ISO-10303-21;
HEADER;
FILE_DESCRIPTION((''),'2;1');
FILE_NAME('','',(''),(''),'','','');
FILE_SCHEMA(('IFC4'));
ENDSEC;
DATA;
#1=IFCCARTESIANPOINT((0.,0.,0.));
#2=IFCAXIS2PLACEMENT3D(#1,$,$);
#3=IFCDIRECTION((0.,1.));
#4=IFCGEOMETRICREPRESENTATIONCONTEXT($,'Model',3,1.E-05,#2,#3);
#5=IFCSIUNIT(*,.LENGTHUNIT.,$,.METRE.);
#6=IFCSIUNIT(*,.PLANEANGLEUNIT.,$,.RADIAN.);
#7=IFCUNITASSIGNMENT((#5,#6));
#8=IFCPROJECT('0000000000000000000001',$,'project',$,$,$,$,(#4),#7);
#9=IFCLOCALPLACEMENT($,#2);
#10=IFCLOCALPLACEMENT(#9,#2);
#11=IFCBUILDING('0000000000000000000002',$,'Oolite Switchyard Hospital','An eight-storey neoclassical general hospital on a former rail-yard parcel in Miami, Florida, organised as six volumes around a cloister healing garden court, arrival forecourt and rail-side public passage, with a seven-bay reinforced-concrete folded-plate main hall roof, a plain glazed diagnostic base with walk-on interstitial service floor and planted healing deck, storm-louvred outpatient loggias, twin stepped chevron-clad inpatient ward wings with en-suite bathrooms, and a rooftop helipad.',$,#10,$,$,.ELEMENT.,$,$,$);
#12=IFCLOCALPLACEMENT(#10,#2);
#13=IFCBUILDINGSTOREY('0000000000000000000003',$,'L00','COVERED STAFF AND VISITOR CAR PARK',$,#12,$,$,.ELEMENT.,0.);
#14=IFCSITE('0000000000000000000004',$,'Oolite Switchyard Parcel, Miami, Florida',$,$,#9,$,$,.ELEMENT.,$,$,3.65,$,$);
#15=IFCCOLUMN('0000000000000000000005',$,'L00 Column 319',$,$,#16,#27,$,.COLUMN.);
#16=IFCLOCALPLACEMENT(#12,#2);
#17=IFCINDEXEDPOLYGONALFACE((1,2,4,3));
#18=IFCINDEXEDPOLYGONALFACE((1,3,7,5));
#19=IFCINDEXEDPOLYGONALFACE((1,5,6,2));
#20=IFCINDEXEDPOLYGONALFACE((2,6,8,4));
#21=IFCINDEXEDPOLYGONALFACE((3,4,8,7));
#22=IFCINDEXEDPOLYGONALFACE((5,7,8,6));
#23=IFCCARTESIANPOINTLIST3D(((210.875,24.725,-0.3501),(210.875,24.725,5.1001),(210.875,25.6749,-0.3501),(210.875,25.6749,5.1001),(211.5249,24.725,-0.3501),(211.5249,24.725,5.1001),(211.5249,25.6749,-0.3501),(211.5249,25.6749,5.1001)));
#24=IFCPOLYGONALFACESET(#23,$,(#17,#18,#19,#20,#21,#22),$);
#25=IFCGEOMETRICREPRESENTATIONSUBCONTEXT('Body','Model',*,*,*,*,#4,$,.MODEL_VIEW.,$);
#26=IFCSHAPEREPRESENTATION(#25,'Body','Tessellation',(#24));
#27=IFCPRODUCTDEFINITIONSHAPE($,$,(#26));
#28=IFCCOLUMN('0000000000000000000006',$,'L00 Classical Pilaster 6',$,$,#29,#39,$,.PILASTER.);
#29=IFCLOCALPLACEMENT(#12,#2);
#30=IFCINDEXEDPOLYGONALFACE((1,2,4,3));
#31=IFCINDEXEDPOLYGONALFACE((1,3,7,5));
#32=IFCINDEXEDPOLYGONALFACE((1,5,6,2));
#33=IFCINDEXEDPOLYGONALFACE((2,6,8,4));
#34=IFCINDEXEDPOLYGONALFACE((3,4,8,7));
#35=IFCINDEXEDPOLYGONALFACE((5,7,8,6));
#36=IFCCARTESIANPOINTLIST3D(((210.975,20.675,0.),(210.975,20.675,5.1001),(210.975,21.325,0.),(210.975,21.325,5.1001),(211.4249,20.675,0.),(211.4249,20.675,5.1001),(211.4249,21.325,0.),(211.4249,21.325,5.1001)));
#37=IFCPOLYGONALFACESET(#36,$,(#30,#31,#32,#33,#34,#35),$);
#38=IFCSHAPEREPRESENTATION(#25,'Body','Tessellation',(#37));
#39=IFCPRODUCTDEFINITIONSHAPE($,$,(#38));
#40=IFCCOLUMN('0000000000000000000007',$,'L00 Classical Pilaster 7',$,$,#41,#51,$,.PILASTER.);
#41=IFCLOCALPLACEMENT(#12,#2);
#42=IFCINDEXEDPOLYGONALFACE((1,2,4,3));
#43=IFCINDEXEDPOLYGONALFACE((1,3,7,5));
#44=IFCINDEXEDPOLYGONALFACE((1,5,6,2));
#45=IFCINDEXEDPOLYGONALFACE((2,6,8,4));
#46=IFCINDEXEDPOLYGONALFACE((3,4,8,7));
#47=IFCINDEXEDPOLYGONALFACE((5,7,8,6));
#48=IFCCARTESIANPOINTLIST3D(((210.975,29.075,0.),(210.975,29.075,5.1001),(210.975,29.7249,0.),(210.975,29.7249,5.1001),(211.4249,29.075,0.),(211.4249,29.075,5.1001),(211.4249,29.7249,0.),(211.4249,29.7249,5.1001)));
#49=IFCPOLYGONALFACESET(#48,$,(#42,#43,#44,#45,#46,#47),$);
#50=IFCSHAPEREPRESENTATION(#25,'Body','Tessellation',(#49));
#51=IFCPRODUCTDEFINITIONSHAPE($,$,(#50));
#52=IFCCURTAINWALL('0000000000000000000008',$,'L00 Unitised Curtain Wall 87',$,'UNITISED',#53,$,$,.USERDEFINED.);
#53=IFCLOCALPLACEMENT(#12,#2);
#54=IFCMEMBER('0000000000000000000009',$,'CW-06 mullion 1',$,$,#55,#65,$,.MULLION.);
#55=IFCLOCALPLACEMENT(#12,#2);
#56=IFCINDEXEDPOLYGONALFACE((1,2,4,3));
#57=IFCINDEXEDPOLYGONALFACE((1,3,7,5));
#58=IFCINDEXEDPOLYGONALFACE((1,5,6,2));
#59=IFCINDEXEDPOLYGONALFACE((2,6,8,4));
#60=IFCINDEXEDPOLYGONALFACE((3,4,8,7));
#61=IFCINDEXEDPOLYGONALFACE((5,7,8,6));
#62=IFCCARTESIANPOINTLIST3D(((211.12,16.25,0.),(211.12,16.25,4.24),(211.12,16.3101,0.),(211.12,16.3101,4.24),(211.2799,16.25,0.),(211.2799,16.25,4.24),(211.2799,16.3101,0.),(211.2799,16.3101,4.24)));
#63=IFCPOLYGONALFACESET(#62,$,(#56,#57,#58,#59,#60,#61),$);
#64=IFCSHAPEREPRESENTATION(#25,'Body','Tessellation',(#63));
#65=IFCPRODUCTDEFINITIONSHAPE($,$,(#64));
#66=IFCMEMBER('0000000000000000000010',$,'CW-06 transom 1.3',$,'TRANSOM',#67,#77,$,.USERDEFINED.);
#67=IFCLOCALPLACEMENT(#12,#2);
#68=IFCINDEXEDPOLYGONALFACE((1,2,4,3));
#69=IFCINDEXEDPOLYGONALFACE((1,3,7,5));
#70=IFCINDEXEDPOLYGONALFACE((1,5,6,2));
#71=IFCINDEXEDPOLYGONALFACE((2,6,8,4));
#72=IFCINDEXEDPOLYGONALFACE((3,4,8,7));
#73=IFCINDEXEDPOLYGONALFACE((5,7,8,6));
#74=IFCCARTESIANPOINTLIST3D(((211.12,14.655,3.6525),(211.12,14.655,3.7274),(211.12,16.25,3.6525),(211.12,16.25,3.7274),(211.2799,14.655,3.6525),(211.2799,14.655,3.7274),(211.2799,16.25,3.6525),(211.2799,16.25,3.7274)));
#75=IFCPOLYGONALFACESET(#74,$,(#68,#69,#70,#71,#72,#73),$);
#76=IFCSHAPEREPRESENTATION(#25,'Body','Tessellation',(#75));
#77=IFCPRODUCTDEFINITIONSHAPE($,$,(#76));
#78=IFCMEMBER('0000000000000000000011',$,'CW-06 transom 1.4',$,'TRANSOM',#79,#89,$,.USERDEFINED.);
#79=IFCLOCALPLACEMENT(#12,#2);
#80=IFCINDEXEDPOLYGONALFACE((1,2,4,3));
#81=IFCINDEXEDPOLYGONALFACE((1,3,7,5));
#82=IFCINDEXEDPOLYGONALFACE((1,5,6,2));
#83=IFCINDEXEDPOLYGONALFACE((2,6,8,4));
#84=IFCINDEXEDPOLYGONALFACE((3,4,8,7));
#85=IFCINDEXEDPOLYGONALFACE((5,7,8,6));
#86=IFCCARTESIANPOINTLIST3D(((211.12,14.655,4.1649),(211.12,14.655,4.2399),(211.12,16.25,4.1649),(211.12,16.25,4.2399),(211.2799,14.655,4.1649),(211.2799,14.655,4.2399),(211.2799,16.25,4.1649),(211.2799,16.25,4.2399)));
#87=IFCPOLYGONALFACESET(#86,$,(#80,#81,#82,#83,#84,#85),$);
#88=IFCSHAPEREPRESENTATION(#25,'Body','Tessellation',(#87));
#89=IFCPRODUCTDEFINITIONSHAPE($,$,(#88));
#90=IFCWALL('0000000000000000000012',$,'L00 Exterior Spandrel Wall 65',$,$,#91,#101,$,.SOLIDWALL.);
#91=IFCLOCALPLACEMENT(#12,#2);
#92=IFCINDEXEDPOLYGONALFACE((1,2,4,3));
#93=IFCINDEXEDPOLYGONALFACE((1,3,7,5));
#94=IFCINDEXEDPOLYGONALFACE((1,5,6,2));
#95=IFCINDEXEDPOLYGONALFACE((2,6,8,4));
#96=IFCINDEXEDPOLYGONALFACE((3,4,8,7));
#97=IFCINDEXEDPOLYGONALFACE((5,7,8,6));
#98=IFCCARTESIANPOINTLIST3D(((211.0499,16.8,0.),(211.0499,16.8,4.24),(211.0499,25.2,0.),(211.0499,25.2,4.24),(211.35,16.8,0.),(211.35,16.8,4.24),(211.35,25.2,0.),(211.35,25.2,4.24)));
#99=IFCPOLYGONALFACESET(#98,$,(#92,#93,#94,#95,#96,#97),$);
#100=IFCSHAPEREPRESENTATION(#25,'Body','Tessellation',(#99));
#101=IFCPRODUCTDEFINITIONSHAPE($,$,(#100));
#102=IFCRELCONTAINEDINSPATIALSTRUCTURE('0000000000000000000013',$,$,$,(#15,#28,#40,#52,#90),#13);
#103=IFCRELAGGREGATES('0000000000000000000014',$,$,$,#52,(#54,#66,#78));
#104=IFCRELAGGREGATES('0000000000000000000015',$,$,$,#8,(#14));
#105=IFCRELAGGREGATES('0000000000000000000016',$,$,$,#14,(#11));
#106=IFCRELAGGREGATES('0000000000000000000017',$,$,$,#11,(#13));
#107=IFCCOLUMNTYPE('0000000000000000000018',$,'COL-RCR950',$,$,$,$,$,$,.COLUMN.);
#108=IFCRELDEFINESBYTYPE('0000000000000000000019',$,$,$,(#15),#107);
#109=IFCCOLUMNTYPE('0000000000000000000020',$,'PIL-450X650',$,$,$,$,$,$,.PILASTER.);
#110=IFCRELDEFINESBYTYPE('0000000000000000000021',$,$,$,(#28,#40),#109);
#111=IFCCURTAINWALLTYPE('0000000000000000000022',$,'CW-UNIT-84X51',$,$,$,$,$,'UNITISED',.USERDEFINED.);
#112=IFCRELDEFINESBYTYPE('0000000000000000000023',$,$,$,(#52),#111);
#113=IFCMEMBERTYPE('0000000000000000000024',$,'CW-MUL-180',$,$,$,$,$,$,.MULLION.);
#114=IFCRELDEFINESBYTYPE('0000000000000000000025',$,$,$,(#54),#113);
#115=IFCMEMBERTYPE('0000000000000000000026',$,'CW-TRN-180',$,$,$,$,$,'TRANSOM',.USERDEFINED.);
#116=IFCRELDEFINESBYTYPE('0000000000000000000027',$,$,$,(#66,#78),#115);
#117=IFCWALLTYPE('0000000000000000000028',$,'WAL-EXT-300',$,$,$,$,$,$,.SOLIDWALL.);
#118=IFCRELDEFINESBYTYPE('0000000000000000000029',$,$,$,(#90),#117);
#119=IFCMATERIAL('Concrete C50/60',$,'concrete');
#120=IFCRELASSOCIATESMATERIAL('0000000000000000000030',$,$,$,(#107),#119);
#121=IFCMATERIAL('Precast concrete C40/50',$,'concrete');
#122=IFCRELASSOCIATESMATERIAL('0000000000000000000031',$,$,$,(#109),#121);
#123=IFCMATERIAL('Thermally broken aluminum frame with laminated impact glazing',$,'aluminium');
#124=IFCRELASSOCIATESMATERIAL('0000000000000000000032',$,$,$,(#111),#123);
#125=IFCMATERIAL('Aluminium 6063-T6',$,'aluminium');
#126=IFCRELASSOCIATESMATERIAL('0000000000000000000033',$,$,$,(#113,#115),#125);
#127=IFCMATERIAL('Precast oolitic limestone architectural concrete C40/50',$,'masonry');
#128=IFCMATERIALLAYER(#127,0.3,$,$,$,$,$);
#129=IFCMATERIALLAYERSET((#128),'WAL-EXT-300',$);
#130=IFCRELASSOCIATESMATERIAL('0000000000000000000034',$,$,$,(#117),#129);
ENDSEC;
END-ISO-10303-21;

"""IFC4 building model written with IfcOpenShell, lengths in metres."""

from ifc_helpers import new_model, si_unit, direction, frame, frame_2d, origin, origin_2d, place, context, subcontext, project, spatial, rectangle, extrude, material, layer, layer_set, material_profile, profile_set, type_object, element, aggregate, save


model = new_model("IFC4")

# Units and contexts
model_context = context("Model", 3, precision=1e-05, world=origin(), true_north=direction((0.0, 1.0)))
body_context = subcontext(model_context, "Body", "Model", "MODEL_VIEW")
ifc_project = project(units=[si_unit("LENGTHUNIT", "METRE"), si_unit("PLANEANGLEUNIT", "RADIAN")], contexts=[model_context])

# Site, building, storey
site_placement = place(None, origin())
site = spatial("IfcSite", under=ifc_project, at=site_placement, Name="Oolite Switchyard Parcel, Miami, Florida", CompositionType="ELEMENT", RefElevation=3.65)
building_placement = place(site_placement, origin())
building = spatial("IfcBuilding", under=site, at=building_placement, Name="Oolite Switchyard Hospital", Description="An eight-storey neoclassical general hospital on a former rail-yard parcel in Miami, Florida, organised as six volumes around a cloister healing garden court, arrival forecourt and rail-side public passage, with a seven-bay reinforced-concrete folded-plate main hall roof, a plain glazed diagnostic base with walk-on interstitial service floor and planted healing deck, storm-louvred outpatient loggias, twin stepped chevron-clad inpatient ward wings with en-suite bathrooms, and a rooftop helipad.", CompositionType="ELEMENT")
storey_placement = place(building_placement, origin())
storey = spatial("IfcBuildingStorey", under=building, at=storey_placement, Name="L00", Description="COVERED STAFF AND VISITOR CAR PARK", CompositionType="ELEMENT", Elevation=0.0)

# Columns
ifc_material_1 = material(Name="Concrete C50/60", Category="concrete")
ifc_material_profile_1 = material_profile(ifc_material_1, rectangle(XDim=0.95, YDim=0.6499, at=origin_2d()), Name="RC950X650")
ifc_profile_set_1 = profile_set([ifc_material_profile_1], Name="Concrete C50/60")
column_type_1 = type_object("IfcColumnType", Name="COL-RCR950", PredefinedType="COLUMN", material=ifc_profile_set_1)
for number, where, z_axis, x_axis, name in (
    (1, (211.2, 25.2, -0.3501), (0.0, 0.0, 1.0), (0.0, 1.0, 0.0), "L00 Column 319"),
):
    element("IfcColumn", number, at=place(storey_placement, frame(where, z_axis=z_axis, x_axis=x_axis)), inside=storey, type_object=column_type_1, Name=name, PredefinedType="COLUMN", context=body_context, shape_type="SweptSolid", body=[
        extrude(rectangle(XDim=0.95, YDim=0.6499, at=origin_2d()), origin(), (0.0, 0.0, 1.0), 5.4502),
    ])
ifc_material_2 = material(Name="Precast concrete C40/50", Category="concrete")
ifc_material_profile_2 = material_profile(ifc_material_2, rectangle(XDim=0.45, YDim=0.6499, at=origin_2d()), Name="PIL450X650")
ifc_profile_set_2 = profile_set([ifc_material_profile_2], Name="Precast concrete C40/50")
column_type_2 = type_object("IfcColumnType", Name="PIL-450X650", PredefinedType="PILASTER", material=ifc_profile_set_2)
for number, where, z_axis, x_axis, name in (
    (2, (211.2, 21.0, 0.0), (0.0, 0.0, 1.0), (1.0, 0.0, 0.0), "L00 Classical Pilaster 6"),
    (3, (211.2, 29.3999, 0.0), (0.0, 0.0, 1.0), (1.0, 0.0, 0.0), "L00 Classical Pilaster 7"),
):
    element("IfcColumn", number, at=place(storey_placement, frame(where, z_axis=z_axis, x_axis=x_axis)), inside=storey, type_object=column_type_2, Name=name, PredefinedType="PILASTER", context=body_context, shape_type="SweptSolid", body=[
        extrude(rectangle(XDim=0.45, YDim=0.6499, at=origin_2d()), origin(), (0.0, 0.0, 1.0), 5.1001),
    ])

# Curtain wall, members
ifc_material_3 = material(Name="Thermally broken aluminum frame with laminated impact glazing", Category="aluminium")
curtain_wall_type = type_object("IfcCurtainWallType", Name="CW-UNIT-84X51", ElementType="UNITISED", PredefinedType="USERDEFINED", material=ifc_material_3)
curtain_wall_placement = place(storey_placement, origin())
curtain_wall = element("IfcCurtainWall", 4, at=curtain_wall_placement, inside=storey, type_object=curtain_wall_type, Name="L00 Unitised Curtain Wall 87", ObjectType="UNITISED", PredefinedType="USERDEFINED")
ifc_material_4 = material(Name="Aluminium 6063-T6", Category="aluminium")
ifc_material_profile_3 = material_profile(ifc_material_4, rectangle(XDim=0.1599, YDim=0.0601, at=origin_2d()), Name="CWM60X160")
ifc_profile_set_3 = profile_set([ifc_material_profile_3], Name="Aluminium 6063-T6")
member_type_1 = type_object("IfcMemberType", Name="CW-MUL-180", PredefinedType="MULLION", material=ifc_profile_set_3)
member_1_placement = place(storey_placement, frame((211.2, 16.28, 0.0), z_axis=(0.0, 0.0, 1.0), x_axis=(1.0, 0.0, 0.0)))
member_1 = element("IfcMember", 5, at=member_1_placement, type_object=member_type_1, Name="CW-06 mullion 1", PredefinedType="MULLION", context=body_context, shape_type="SweptSolid", body=[
    extrude(rectangle(XDim=0.1599, YDim=0.0601, at=origin_2d()), origin(), (0.0, 0.0, 1.0), 4.24),
])
ifc_material_profile_4 = material_profile(ifc_material_4, rectangle(XDim=0.1599, YDim=0.075, at=origin_2d()), Name="CWT75X160")
ifc_profile_set_4 = profile_set([ifc_material_profile_4], Name="Aluminium 6063-T6")
member_type_2 = type_object("IfcMemberType", Name="CW-TRN-180", ElementType="TRANSOM", PredefinedType="USERDEFINED", material=ifc_profile_set_4)
member_2_placement = place(storey_placement, frame((211.2, 16.25, 3.6899), z_axis=(0.0, -1.0, 0.0), x_axis=(1.0, 0.0, 0.0)))
member_2 = element("IfcMember", 6, at=member_2_placement, type_object=member_type_2, Name="CW-06 transom 1.3", ObjectType="TRANSOM", PredefinedType="USERDEFINED", context=body_context, shape_type="SweptSolid", body=[
    extrude(rectangle(XDim=0.1599, YDim=0.075, at=origin_2d()), origin(), (0.0, 0.0, 1.0), 1.595),
])
member_3_placement = place(storey_placement, frame((211.2, 16.25, 4.2024), z_axis=(0.0, -1.0, 0.0), x_axis=(1.0, 0.0, 0.0)))
member_3 = element("IfcMember", 7, at=member_3_placement, type_object=member_type_2, Name="CW-06 transom 1.4", ObjectType="TRANSOM", PredefinedType="USERDEFINED", context=body_context, shape_type="SweptSolid", body=[
    extrude(rectangle(XDim=0.1599, YDim=0.075, at=origin_2d()), origin(), (0.0, 0.0, 1.0), 1.595),
])
aggregate(curtain_wall, [member_1, member_2, member_3])

# Wall
ifc_material_5 = material(Name="Precast oolitic limestone architectural concrete C40/50", Category="masonry")
ifc_layer = layer(ifc_material_5, 0.3)
ifc_layer_set = layer_set([ifc_layer], Name="WAL-EXT-300")
wall_type = type_object("IfcWallType", Name="WAL-EXT-300", PredefinedType="SOLIDWALL", material=ifc_layer_set)
wall_placement = place(storey_placement, frame((211.2, 25.2, 0.0), z_axis=(0.0, 0.0, 1.0), x_axis=(0.0, -1.0, 0.0)))
element("IfcWall", 8, at=wall_placement, inside=storey, type_object=wall_type, Name="L00 Exterior Spandrel Wall 65", PredefinedType="SOLIDWALL", context=body_context, shape_type="SweptSolid", body=[
    extrude(rectangle(XDim=8.3999, YDim=0.3, at=frame_2d((4.2, 0.0))), origin(), (0.0, 0.0, 1.0), 4.24),
])

save(model, "model.ifc")
